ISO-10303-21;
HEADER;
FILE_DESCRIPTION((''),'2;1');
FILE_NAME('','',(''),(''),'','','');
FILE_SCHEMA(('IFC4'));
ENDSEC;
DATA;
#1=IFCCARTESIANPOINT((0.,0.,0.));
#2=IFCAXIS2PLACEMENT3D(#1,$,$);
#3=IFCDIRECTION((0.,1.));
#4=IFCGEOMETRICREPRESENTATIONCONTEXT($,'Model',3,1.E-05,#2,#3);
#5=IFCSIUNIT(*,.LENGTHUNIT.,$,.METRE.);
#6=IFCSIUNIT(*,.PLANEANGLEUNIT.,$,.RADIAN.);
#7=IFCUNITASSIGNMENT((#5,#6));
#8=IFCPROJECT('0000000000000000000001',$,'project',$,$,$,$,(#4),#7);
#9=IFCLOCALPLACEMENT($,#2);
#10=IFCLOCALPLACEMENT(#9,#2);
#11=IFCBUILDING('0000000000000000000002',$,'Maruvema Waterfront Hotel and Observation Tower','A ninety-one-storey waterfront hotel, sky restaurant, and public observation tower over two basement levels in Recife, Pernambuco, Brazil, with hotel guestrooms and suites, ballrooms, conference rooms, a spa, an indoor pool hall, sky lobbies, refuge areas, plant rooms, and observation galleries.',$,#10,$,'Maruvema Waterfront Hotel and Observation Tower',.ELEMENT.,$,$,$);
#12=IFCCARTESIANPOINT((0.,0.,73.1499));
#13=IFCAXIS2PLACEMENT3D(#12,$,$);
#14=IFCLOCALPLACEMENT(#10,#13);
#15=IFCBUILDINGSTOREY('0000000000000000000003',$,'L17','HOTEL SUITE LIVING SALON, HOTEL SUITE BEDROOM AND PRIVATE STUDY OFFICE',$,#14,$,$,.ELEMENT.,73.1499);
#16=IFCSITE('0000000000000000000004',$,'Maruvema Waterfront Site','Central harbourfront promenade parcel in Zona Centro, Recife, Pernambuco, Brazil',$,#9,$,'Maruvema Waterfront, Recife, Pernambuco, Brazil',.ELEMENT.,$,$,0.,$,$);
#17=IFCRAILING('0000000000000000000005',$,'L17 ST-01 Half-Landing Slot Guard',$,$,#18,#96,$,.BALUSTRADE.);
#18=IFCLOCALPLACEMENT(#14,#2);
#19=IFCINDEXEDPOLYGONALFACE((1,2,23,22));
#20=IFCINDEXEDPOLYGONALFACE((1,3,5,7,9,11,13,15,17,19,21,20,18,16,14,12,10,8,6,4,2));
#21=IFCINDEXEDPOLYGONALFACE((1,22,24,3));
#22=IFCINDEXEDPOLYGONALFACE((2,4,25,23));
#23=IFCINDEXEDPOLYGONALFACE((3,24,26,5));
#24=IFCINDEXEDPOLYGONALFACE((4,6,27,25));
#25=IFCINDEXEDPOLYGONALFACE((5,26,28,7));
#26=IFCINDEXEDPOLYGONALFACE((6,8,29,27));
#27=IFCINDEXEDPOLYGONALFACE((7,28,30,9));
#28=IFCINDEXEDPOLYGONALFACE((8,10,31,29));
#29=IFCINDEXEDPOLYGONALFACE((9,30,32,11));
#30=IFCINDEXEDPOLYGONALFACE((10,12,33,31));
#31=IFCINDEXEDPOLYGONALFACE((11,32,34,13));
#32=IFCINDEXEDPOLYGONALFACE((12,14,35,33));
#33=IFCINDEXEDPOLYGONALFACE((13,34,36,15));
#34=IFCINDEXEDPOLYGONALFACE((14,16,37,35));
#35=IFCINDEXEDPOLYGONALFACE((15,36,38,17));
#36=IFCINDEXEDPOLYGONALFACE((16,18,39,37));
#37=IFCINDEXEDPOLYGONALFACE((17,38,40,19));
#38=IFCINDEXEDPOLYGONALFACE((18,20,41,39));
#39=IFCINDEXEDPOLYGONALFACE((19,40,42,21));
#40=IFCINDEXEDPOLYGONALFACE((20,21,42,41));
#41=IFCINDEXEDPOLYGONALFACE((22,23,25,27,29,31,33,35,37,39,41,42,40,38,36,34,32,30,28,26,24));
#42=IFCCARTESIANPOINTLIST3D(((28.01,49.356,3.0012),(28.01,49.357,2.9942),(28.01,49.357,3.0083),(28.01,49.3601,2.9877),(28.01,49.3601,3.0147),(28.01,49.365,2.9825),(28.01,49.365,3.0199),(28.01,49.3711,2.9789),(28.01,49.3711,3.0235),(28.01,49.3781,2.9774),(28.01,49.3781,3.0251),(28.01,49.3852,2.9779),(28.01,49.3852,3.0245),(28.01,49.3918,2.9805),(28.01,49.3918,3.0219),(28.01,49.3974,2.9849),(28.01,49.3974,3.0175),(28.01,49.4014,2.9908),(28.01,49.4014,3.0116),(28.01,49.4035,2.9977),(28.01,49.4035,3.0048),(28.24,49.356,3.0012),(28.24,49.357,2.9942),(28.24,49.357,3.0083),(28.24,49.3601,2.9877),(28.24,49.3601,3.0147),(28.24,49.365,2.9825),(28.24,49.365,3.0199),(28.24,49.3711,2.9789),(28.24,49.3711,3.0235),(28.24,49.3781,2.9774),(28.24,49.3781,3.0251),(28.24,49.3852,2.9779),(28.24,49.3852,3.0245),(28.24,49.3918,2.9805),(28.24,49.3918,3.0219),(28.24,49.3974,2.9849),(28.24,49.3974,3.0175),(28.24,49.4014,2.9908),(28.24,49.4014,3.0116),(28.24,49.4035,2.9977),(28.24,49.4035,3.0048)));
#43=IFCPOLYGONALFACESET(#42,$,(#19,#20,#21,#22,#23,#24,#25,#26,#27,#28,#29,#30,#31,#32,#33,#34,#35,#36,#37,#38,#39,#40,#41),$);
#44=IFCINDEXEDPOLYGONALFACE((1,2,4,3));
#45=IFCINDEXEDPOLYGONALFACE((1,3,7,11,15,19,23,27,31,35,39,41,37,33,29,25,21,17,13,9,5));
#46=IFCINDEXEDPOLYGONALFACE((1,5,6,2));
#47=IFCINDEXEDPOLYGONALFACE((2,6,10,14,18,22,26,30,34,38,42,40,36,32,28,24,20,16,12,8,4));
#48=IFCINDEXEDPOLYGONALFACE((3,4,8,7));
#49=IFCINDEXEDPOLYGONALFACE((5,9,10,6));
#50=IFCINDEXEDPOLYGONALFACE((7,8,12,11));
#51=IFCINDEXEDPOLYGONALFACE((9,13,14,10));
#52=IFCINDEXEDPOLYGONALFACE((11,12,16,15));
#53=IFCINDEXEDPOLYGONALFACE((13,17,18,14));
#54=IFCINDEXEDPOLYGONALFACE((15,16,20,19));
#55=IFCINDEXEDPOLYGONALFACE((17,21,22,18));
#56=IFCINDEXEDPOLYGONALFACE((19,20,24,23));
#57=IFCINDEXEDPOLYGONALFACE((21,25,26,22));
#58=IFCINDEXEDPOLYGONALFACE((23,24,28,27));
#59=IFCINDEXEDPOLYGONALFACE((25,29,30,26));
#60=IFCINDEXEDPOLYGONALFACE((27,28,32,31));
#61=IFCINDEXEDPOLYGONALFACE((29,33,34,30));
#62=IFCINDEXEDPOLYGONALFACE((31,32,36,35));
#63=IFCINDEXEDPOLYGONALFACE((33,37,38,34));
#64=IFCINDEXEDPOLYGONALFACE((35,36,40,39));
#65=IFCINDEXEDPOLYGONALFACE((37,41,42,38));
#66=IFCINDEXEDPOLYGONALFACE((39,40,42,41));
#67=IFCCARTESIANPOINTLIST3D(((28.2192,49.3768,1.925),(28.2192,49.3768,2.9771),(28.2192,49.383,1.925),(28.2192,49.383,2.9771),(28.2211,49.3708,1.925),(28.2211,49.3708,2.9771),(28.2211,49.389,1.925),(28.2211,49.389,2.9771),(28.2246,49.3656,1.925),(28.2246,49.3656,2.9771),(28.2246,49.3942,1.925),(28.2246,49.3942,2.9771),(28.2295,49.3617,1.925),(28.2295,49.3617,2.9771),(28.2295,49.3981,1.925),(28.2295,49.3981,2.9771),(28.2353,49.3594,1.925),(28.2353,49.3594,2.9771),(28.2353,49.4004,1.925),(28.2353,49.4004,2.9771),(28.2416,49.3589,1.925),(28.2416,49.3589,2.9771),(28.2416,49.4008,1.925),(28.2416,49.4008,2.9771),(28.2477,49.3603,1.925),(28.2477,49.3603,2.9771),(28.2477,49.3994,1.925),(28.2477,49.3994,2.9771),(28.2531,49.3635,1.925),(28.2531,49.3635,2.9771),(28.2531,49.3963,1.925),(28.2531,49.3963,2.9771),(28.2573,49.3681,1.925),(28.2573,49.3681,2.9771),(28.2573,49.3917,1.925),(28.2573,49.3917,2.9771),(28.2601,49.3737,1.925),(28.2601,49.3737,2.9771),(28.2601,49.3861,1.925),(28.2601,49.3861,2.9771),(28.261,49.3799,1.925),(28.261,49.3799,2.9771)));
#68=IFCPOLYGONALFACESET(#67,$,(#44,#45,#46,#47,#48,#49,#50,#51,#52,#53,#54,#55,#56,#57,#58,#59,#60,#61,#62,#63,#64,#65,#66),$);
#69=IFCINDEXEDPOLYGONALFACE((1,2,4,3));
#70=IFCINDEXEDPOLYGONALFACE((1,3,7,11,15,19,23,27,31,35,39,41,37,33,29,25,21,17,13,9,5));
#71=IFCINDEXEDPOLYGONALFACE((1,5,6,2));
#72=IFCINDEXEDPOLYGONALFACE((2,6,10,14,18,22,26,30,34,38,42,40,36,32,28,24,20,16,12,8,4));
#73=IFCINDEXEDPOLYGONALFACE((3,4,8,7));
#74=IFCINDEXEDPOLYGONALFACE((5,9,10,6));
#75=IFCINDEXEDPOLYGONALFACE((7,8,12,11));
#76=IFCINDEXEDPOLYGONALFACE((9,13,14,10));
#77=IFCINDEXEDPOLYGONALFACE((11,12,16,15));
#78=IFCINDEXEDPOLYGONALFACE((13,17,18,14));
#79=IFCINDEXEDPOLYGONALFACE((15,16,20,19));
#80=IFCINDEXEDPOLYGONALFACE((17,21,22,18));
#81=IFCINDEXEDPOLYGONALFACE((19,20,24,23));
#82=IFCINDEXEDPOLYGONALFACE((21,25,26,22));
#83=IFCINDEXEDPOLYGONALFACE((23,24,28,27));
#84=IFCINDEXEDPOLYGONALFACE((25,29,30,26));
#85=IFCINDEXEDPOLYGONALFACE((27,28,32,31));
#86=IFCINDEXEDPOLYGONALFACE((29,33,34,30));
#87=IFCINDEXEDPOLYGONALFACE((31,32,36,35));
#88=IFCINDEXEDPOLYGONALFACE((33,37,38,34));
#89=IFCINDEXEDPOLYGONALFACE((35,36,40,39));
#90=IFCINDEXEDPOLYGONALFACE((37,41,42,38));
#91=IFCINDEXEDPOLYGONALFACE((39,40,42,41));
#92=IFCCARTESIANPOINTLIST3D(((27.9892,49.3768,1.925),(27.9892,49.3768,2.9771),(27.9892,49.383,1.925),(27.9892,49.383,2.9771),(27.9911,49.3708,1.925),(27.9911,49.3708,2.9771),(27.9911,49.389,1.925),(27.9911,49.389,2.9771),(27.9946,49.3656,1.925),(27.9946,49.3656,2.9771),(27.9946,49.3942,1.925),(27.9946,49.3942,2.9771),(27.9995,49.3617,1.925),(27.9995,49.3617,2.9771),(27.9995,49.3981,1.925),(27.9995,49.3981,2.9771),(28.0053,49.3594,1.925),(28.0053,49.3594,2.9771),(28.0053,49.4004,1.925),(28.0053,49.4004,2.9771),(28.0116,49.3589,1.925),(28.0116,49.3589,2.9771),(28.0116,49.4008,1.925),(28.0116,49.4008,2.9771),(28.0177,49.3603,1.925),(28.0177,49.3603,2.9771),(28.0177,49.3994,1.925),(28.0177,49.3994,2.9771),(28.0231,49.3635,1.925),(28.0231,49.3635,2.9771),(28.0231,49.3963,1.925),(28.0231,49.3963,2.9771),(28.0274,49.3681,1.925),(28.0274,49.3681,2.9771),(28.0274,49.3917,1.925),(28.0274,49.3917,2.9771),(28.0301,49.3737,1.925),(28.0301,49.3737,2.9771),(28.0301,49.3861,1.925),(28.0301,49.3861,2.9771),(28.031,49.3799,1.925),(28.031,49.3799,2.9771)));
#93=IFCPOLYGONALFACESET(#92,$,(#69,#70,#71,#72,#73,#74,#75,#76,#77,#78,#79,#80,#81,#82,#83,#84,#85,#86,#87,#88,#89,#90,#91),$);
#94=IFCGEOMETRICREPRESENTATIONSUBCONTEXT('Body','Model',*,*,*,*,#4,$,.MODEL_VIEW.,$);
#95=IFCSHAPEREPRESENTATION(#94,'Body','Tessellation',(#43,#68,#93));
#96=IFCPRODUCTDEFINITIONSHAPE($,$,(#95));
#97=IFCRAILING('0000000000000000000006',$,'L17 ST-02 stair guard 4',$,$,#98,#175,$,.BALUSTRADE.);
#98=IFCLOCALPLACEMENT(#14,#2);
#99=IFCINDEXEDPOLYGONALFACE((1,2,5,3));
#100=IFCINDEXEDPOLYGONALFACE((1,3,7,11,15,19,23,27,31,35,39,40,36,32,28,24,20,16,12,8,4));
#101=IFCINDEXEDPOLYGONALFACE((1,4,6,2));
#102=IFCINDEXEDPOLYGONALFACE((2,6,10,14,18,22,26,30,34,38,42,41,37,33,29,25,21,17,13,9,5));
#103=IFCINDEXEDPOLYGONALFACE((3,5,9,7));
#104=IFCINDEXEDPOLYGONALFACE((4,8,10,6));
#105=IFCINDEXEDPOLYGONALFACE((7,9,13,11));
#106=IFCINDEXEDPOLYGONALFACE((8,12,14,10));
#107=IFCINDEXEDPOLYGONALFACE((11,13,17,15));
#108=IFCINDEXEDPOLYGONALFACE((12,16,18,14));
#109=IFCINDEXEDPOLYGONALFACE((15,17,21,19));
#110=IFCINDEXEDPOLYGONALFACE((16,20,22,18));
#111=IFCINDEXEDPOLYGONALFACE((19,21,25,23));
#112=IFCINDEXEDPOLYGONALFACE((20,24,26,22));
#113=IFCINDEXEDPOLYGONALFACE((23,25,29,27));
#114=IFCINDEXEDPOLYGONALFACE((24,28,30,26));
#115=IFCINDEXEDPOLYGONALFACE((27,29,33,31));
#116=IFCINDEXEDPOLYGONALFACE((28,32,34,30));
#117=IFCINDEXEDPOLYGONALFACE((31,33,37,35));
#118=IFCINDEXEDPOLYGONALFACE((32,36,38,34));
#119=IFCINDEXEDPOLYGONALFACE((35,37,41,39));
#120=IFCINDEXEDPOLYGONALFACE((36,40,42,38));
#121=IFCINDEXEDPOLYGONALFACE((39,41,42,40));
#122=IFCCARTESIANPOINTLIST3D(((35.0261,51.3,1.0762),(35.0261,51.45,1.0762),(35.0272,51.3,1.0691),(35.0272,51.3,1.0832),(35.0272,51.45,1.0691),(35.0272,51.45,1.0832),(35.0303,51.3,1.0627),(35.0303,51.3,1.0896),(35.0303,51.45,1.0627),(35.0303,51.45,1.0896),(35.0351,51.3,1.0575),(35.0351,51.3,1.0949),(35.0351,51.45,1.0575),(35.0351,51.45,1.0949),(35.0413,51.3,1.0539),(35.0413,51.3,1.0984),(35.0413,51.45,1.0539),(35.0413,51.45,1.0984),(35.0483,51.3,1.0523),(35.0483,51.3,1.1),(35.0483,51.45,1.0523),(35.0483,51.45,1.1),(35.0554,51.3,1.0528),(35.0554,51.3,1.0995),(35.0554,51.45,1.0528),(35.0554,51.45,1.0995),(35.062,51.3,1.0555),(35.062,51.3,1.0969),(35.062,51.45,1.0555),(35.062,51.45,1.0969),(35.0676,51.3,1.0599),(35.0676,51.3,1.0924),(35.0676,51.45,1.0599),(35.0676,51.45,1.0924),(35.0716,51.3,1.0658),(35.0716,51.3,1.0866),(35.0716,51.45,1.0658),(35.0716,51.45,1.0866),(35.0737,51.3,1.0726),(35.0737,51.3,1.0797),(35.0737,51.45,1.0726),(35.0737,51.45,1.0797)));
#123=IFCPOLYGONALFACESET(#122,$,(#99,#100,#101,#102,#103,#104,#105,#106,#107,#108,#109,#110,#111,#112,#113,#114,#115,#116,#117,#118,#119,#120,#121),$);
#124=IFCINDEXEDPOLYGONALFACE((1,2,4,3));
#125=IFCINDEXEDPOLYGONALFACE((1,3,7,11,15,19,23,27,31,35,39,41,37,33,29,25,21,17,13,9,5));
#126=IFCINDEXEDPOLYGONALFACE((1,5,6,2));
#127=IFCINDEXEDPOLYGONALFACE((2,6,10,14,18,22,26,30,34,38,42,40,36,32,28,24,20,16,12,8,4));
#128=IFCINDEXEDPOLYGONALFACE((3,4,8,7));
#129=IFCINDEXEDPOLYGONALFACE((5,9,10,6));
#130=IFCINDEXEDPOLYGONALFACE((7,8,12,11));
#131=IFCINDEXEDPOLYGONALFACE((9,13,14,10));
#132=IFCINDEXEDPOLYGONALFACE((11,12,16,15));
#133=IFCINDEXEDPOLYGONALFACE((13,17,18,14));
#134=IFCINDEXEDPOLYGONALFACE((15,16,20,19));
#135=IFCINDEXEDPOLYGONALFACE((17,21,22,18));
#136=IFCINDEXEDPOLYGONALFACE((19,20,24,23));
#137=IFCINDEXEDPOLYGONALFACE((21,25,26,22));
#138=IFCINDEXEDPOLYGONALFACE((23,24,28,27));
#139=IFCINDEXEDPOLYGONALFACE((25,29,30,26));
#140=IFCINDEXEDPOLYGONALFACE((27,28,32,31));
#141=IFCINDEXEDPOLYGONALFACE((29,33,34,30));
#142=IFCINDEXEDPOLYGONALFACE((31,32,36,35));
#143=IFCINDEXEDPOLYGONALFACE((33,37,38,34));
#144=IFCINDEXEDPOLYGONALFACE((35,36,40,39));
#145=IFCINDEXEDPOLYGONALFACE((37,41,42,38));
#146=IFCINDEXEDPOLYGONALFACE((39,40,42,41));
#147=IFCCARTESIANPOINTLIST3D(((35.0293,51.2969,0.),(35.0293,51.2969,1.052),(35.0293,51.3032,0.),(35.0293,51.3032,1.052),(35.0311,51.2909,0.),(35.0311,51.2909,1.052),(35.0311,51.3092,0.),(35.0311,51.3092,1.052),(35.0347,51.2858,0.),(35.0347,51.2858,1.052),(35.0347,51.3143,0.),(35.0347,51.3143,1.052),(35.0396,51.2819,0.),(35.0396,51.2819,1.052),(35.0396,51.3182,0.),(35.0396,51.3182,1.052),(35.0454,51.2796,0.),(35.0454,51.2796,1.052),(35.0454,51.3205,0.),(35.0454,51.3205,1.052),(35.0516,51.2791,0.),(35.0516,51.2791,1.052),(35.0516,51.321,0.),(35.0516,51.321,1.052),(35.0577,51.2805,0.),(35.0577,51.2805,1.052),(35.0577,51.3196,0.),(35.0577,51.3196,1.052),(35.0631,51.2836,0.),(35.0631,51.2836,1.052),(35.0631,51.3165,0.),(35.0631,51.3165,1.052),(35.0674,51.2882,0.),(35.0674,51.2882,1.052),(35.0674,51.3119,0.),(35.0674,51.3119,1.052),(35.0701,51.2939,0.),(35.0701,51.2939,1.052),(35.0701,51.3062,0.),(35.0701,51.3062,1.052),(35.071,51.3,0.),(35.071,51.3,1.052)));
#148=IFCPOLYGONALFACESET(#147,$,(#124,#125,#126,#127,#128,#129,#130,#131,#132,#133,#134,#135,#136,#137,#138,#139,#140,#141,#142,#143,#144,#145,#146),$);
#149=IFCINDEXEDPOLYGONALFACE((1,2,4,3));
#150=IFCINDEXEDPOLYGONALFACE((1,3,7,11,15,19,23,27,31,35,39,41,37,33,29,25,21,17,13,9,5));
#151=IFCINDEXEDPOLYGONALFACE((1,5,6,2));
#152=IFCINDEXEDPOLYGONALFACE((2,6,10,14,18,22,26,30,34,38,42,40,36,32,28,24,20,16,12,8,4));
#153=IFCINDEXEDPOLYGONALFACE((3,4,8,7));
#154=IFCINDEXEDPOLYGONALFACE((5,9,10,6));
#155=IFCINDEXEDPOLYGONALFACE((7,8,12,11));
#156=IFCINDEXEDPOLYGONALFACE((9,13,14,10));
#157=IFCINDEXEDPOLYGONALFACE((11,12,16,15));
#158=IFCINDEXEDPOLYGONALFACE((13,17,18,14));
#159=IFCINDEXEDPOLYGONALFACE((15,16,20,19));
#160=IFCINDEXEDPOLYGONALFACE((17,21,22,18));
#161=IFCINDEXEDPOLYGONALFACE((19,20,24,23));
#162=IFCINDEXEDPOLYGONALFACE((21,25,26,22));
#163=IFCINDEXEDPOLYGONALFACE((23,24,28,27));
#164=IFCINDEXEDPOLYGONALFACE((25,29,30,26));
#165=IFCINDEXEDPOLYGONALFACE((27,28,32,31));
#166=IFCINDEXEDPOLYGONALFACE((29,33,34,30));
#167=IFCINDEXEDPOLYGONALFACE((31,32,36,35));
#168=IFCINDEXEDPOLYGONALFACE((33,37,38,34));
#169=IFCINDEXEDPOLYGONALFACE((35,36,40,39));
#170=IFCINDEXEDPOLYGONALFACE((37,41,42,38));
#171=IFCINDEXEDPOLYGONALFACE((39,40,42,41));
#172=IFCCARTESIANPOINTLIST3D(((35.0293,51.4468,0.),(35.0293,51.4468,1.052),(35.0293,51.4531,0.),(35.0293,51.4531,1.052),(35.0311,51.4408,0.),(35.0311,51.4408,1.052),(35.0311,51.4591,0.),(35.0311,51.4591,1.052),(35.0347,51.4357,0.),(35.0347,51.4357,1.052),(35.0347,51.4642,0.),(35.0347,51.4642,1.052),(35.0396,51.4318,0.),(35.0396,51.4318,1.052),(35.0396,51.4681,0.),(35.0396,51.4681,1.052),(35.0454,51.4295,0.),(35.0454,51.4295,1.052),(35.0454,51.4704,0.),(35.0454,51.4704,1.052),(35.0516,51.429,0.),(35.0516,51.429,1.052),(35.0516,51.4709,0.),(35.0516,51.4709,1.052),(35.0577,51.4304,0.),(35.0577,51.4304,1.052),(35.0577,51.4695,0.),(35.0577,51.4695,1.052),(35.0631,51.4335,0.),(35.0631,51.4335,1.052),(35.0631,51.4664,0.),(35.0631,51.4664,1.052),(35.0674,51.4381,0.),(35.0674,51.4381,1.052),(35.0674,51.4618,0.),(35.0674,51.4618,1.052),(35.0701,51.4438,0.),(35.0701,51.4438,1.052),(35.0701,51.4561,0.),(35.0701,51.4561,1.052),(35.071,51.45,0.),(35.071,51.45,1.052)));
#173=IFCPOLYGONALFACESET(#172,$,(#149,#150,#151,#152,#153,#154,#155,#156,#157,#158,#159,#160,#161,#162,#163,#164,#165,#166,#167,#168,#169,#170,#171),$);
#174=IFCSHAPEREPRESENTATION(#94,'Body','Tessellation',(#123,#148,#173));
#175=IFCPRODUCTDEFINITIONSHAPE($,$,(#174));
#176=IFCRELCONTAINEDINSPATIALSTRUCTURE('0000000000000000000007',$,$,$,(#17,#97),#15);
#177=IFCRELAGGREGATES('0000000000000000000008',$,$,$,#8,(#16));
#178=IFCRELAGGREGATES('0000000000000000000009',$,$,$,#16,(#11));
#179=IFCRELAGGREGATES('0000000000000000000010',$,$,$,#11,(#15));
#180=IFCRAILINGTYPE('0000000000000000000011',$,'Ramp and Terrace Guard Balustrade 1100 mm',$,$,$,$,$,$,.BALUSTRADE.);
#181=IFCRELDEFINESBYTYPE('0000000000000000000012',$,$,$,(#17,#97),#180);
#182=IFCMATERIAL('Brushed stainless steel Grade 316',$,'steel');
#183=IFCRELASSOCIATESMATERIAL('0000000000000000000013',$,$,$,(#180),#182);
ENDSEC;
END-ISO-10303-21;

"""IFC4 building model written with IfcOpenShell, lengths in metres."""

from ifc_helpers import new_model, si_unit, direction, frame, origin, origin_2d, place, context, subcontext, project, spatial, circle, extrude, material, type_object, element, save


model = new_model("IFC4")

# Units and contexts
model_context = context("Model", 3, precision=1e-05, world=origin(), true_north=direction((0.0, 1.0)))
body_context = subcontext(model_context, "Body", "Model", "MODEL_VIEW")
ifc_project = project(units=[si_unit("LENGTHUNIT", "METRE"), si_unit("PLANEANGLEUNIT", "RADIAN")], contexts=[model_context])

# Site, building, storey
site_placement = place(None, origin())
site = spatial("IfcSite", under=ifc_project, at=site_placement, Name="Maruvema Waterfront Site", Description="Central harbourfront promenade parcel in Zona Centro, Recife, Pernambuco, Brazil", LongName="Maruvema Waterfront, Recife, Pernambuco, Brazil", CompositionType="ELEMENT", RefElevation=0.0)
building_placement = place(site_placement, origin())
building = spatial("IfcBuilding", under=site, at=building_placement, Name="Maruvema Waterfront Hotel and Observation Tower", Description="A ninety-one-storey waterfront hotel, sky restaurant, and public observation tower over two basement levels in Recife, Pernambuco, Brazil, with hotel guestrooms and suites, ballrooms, conference rooms, a spa, an indoor pool hall, sky lobbies, refuge areas, plant rooms, and observation galleries.", LongName="Maruvema Waterfront Hotel and Observation Tower", CompositionType="ELEMENT")
storey_placement = place(building_placement, frame((0.0, 0.0, 73.1499)))
storey = spatial("IfcBuildingStorey", under=building, at=storey_placement, Name="L17", Description="HOTEL SUITE LIVING SALON, HOTEL SUITE BEDROOM AND PRIVATE STUDY OFFICE", CompositionType="ELEMENT", Elevation=73.1499)

# Railings
ifc_material_1 = material(Name="Brushed stainless steel Grade 316", Category="steel")
railing_type_1 = type_object("IfcRailingType", Name="Ramp and Terrace Guard Balustrade 1100 mm", PredefinedType="BALUSTRADE", material=ifc_material_1)
railing_1_placement = place(storey_placement, frame((28.24, 49.3799, 1.925)))
element("IfcRailing", 1, at=railing_1_placement, inside=storey, type_object=railing_type_1, Name="L17 ST-01 Half-Landing Slot Guard", PredefinedType="BALUSTRADE", context=body_context, shape_type="SweptSolid", body=[
    extrude(circle(Radius=0.0239, at=origin_2d()), frame((0.0, 0.0, 1.0762), z_axis=(-1.0, 0.0, 0.0), x_axis=(0.0, -1.0, 0.0)), (0.0, 0.0, 1.0), 0.23),
    extrude(circle(Radius=0.021, at=origin_2d()), origin(), (0.0, 0.0, 1.0), 1.052),
    extrude(circle(Radius=0.021, at=origin_2d()), frame((-0.23, 0.0, 0.0)), (0.0, 0.0, 1.0), 1.052),
])
railing_2_placement = place(storey_placement, frame((35.05, 51.3, 0.0)))
element("IfcRailing", 2, at=railing_2_placement, inside=storey, type_object=railing_type_1, Name="L17 ST-02 stair guard 4", PredefinedType="BALUSTRADE", context=body_context, shape_type="SweptSolid", body=[
    extrude(circle(Radius=0.0239, at=origin_2d()), frame((0.0, 0.0, 1.0762), z_axis=(0.0, 1.0, 0.0), x_axis=(-1.0, 0.0, 0.0)), (0.0, 0.0, 1.0), 0.1499),
    extrude(circle(Radius=0.021, at=origin_2d()), origin(), (0.0, 0.0, 1.0), 1.052),
    extrude(circle(Radius=0.021, at=origin_2d()), frame((0.0, 0.1499, 0.0)), (0.0, 0.0, 1.0), 1.052),
])

save(model, "model.ifc")
